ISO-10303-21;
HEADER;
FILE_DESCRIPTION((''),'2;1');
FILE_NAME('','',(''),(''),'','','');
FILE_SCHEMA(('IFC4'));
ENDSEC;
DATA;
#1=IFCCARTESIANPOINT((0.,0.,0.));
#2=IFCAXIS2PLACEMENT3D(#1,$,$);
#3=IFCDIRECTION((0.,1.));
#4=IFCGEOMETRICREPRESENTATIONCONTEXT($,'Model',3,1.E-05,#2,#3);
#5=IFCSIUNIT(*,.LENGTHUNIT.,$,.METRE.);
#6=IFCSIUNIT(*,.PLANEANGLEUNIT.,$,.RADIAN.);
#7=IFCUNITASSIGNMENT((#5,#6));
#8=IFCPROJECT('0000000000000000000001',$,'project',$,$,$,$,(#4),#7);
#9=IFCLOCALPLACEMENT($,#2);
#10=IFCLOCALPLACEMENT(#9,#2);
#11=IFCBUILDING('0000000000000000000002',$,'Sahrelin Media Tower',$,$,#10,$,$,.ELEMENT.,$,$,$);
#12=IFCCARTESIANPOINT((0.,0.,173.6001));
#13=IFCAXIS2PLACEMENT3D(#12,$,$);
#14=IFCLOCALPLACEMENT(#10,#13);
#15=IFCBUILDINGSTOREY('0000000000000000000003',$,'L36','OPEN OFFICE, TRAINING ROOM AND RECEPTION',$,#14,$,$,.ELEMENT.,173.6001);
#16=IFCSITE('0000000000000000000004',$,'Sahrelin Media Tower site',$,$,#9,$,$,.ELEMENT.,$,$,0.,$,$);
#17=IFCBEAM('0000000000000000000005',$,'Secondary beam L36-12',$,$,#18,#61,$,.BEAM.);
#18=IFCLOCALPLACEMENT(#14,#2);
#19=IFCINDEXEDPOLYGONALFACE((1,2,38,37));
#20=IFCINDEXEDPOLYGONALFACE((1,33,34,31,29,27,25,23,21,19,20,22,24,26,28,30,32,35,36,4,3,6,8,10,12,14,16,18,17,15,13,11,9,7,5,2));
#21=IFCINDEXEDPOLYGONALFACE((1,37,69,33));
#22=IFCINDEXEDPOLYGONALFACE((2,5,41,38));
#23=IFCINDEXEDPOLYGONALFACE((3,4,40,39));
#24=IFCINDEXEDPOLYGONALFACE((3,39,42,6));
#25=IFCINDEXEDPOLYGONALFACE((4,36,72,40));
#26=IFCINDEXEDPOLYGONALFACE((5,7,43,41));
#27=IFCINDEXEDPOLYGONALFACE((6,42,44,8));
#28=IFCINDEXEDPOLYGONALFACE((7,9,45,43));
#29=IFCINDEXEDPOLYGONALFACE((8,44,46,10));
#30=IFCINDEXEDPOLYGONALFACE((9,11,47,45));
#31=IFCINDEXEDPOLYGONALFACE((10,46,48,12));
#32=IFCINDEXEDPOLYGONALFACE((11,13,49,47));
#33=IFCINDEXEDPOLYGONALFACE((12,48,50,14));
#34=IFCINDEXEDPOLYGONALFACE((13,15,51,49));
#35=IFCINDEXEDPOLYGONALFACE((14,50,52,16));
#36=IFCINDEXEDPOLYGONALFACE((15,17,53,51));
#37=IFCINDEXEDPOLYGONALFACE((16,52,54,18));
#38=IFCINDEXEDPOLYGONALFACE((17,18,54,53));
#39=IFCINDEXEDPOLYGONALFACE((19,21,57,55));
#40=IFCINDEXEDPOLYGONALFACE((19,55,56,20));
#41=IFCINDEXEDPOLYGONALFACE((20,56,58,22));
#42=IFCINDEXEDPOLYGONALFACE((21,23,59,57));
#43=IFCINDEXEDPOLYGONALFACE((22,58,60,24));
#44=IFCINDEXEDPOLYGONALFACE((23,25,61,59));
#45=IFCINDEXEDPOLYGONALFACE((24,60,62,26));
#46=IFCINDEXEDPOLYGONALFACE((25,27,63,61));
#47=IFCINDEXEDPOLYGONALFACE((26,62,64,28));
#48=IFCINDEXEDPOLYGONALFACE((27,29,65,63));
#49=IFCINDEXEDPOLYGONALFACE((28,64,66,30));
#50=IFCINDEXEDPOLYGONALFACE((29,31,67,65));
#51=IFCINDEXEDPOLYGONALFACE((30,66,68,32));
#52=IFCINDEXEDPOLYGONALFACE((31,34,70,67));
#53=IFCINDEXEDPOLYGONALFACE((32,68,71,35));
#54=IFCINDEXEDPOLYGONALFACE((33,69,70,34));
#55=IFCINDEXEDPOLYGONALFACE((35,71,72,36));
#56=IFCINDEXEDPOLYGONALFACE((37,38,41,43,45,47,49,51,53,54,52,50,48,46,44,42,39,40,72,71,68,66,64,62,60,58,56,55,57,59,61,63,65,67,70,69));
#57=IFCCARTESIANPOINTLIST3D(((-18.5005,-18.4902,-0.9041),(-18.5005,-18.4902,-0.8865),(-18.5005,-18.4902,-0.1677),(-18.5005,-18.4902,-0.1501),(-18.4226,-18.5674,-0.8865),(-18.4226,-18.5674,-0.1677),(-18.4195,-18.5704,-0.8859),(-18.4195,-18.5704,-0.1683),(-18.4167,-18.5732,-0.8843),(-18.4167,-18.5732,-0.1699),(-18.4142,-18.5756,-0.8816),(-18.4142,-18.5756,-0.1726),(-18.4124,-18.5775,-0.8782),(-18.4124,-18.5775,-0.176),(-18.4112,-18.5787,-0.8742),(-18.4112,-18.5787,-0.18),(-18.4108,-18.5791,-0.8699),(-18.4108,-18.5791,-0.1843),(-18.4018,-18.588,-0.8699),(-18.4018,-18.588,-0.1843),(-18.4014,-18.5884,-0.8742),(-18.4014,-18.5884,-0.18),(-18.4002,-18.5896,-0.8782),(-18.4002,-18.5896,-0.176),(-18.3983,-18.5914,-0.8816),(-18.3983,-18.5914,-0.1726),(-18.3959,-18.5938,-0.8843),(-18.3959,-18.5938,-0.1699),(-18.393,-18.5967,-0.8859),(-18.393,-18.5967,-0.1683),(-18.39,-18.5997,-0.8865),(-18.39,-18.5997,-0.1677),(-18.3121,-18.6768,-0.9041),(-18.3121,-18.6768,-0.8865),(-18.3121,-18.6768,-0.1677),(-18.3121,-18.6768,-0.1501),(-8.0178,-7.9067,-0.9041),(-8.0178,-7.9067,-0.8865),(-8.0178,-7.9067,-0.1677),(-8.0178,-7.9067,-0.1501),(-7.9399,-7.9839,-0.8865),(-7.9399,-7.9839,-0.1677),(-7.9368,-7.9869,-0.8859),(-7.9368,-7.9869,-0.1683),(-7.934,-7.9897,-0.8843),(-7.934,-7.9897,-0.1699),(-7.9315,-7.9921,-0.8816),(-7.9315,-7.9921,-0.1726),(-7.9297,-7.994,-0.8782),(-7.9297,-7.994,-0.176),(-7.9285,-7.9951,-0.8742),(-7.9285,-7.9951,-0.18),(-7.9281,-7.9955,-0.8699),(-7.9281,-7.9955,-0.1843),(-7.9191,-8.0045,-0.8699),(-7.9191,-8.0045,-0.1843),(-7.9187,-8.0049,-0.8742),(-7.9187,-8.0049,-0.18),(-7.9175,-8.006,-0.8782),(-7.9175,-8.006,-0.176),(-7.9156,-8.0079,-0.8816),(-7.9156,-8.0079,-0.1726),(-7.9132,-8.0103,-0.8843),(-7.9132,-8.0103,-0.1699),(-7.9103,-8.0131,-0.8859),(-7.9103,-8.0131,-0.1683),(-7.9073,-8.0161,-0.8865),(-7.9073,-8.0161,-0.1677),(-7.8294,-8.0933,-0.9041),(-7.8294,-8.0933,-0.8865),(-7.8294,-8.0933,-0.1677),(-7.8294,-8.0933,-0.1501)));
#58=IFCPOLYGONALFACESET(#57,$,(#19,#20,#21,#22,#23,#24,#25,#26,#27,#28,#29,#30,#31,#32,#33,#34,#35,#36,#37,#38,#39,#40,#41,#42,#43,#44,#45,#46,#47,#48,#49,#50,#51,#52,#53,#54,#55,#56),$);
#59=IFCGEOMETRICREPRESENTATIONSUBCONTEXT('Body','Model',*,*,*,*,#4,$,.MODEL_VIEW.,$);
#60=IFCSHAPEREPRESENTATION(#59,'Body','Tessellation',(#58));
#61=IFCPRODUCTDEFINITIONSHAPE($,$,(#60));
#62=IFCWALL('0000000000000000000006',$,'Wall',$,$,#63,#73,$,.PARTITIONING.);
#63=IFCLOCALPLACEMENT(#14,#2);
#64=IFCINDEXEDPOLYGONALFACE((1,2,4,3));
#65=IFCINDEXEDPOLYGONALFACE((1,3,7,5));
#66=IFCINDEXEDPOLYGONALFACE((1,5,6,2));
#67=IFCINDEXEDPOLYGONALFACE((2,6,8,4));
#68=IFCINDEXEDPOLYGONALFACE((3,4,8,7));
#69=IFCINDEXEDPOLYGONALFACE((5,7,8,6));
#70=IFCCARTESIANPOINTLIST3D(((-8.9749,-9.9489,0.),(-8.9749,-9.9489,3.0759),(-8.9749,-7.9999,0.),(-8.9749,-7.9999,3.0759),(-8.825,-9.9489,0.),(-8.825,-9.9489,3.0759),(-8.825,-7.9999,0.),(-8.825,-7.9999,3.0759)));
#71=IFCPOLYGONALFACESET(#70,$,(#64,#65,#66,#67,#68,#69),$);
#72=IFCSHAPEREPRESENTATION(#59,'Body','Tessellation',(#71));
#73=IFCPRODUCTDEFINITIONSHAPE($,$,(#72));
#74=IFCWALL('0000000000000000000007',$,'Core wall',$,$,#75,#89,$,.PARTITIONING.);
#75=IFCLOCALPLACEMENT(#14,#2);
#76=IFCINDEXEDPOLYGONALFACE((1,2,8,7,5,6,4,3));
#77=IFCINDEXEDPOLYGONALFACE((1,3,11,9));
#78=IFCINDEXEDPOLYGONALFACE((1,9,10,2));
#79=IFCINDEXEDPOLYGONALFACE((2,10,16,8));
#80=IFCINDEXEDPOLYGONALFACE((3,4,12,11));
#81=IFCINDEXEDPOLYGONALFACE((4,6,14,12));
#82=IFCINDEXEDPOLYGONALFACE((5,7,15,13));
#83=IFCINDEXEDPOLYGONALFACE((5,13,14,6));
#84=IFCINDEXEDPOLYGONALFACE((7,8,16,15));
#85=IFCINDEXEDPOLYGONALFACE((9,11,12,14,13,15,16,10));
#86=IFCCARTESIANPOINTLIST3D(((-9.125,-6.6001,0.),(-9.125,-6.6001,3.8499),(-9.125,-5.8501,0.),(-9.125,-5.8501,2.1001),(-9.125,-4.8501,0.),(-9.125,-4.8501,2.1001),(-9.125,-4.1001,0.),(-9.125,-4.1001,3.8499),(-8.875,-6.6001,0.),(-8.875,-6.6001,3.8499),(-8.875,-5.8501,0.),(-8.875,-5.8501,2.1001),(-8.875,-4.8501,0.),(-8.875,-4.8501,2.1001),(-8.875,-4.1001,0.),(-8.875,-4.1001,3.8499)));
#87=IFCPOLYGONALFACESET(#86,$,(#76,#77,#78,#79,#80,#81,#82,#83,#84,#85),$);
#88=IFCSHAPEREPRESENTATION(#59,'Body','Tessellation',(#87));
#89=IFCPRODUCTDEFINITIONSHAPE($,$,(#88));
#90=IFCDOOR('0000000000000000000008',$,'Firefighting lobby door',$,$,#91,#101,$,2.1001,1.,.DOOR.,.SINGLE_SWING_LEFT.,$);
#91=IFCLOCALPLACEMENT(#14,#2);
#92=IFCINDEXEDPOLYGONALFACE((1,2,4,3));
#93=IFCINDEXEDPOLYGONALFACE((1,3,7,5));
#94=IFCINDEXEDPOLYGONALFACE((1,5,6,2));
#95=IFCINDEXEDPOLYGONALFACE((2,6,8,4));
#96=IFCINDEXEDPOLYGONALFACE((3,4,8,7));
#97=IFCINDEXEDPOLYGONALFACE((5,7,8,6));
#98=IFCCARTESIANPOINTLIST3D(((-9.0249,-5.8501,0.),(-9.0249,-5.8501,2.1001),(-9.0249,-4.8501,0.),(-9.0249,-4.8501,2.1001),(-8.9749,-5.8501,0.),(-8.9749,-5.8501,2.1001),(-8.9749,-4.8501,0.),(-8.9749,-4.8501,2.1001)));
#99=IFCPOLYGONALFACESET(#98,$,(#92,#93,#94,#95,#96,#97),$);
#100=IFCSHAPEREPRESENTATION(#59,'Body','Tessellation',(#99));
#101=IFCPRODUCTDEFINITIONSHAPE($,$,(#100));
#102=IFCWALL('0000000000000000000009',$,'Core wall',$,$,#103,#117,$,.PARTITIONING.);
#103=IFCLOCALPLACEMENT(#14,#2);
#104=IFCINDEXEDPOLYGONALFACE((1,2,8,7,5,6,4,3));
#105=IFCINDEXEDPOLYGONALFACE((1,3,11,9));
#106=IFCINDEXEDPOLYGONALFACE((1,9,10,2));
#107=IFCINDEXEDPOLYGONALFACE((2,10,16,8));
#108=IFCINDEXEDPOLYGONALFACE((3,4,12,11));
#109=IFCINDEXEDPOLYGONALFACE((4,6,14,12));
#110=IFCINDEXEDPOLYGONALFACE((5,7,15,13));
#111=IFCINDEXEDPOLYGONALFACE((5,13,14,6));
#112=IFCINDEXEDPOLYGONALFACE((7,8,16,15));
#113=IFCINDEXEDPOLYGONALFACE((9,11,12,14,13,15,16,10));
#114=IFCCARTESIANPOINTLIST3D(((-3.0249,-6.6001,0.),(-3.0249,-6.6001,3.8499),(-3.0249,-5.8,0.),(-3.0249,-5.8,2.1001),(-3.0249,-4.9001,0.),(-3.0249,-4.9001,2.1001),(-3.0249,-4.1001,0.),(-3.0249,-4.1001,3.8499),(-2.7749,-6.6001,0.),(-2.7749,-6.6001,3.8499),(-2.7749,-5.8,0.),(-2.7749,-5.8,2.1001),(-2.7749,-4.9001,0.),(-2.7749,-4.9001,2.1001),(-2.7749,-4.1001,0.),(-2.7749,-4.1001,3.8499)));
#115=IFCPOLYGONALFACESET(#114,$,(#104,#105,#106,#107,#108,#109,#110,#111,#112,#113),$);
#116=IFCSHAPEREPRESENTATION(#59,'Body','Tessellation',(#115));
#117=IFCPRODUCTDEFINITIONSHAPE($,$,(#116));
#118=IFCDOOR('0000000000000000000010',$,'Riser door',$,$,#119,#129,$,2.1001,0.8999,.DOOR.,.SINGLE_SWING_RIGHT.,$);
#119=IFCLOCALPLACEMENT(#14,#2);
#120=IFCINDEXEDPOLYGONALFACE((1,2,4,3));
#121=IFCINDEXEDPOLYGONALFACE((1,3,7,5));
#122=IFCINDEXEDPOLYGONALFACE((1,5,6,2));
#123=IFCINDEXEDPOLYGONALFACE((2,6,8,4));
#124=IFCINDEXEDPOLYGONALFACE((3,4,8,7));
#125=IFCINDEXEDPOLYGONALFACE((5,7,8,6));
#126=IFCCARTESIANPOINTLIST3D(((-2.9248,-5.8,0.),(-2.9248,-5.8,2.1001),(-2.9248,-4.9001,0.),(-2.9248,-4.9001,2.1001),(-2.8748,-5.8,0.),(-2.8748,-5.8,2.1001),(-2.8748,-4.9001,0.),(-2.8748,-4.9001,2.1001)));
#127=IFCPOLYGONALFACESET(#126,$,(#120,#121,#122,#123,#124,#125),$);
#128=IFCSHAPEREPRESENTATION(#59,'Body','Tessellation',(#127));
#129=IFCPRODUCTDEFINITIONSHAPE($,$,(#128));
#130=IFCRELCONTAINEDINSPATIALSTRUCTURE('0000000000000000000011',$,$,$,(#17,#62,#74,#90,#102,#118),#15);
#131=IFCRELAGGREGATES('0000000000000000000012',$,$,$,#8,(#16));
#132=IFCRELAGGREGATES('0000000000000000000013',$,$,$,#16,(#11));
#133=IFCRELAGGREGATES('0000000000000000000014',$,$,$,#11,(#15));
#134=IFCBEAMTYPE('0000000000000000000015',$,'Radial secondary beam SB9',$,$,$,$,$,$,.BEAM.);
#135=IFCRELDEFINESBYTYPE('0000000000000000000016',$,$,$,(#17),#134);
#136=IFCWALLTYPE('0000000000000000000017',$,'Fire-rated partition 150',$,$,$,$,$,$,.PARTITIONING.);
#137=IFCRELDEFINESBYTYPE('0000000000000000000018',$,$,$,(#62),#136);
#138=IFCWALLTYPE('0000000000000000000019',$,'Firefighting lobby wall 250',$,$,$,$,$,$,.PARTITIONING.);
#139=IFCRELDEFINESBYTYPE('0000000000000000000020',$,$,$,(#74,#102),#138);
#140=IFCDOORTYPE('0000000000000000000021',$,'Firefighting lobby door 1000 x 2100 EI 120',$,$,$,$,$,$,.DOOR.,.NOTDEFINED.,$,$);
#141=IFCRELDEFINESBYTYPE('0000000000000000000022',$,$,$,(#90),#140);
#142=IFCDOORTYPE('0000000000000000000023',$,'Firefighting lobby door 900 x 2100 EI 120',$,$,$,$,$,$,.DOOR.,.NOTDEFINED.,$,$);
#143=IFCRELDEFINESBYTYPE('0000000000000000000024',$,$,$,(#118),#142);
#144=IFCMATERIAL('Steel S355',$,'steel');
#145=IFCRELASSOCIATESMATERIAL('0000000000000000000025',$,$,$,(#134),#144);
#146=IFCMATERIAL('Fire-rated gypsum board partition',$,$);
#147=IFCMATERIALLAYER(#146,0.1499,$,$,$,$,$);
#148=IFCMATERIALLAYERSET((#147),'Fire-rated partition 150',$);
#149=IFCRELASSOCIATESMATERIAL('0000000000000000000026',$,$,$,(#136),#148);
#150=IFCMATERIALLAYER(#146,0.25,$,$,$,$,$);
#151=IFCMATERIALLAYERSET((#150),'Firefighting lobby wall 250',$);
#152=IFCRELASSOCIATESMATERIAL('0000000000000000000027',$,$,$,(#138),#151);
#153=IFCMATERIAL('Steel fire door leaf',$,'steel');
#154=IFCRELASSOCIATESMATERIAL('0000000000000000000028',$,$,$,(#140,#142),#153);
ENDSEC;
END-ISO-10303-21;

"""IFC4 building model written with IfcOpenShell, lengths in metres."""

from ifc_helpers import new_model, si_unit, direction, frame, frame_2d, origin, origin_2d, place, context, subcontext, project, spatial, rectangle, i_section, extrude, material, layer, layer_set, material_profile, profile_set, type_object, element, fill, save


model = new_model("IFC4")

# Units and contexts
model_context = context("Model", 3, precision=1e-05, world=origin(), true_north=direction((0.0, 1.0)))
body_context = subcontext(model_context, "Body", "Model", "MODEL_VIEW")
ifc_project = project(units=[si_unit("LENGTHUNIT", "METRE"), si_unit("PLANEANGLEUNIT", "RADIAN")], contexts=[model_context])

# Site, building, storey
site_placement = place(None, origin())
site = spatial("IfcSite", under=ifc_project, at=site_placement, Name="Sahrelin Media Tower site", CompositionType="ELEMENT", RefElevation=0.0)
building_placement = place(site_placement, origin())
building = spatial("IfcBuilding", under=site, at=building_placement, Name="Sahrelin Media Tower", CompositionType="ELEMENT")
storey_placement = place(building_placement, frame((0.0, 0.0, 173.6001)))
storey = spatial("IfcBuildingStorey", under=building, at=storey_placement, Name="L36", Description="OPEN OFFICE, TRAINING ROOM AND RECEPTION", CompositionType="ELEMENT", Elevation=173.6001)

# Beam
ifc_material_1 = material(Name="Steel S355", Category="steel")
ifc_material_profile_1 = material_profile(ifc_material_1, i_section(OverallWidth=0.2651, OverallDepth=0.7539, WebThickness=0.0127, FlangeThickness=0.0176, FilletRadius=0.0166, at=origin_2d()), Name="UB 762x267x147")
ifc_profile_set_1 = profile_set([ifc_material_profile_1], Name="Steel S355")
beam_type_1 = type_object("IfcBeamType", Name="Radial secondary beam SB9", PredefinedType="BEAM", material=ifc_profile_set_1)
beam_1_placement = place(storey_placement, frame((-7.9236, -8.0, -0.5271), z_axis=(-0.703714, -0.710483, 0.0), x_axis=(0.710483, -0.703714, 0.0)))
element("IfcBeam", 1, at=beam_1_placement, inside=storey, type_object=beam_type_1, Name="Secondary beam L36-12", PredefinedType="BEAM", context=body_context, shape_type="SweptSolid", body=[
    extrude(i_section(OverallWidth=0.2651, OverallDepth=0.7539, WebThickness=0.0127, FlangeThickness=0.0176, FilletRadius=0.0166, at=origin_2d()), origin(), (0.0, 0.0, 1.0), 14.8962),
])

# Wall
ifc_material_2 = material(Name="Fire-rated gypsum board partition")
ifc_layer_1 = layer(ifc_material_2, 0.1499)
ifc_layer_set_1 = layer_set([ifc_layer_1], Name="Fire-rated partition 150")
wall_type_1 = type_object("IfcWallType", Name="Fire-rated partition 150", PredefinedType="PARTITIONING", material=ifc_layer_set_1)
wall_1_placement = place(storey_placement, frame((-8.8999, -9.949, 0.0), z_axis=(0.0, 0.0, 1.0), x_axis=(0.0, 1.0, 0.0)))
element("IfcWall", 2, at=wall_1_placement, inside=storey, type_object=wall_type_1, Name="Wall", PredefinedType="PARTITIONING", context=body_context, shape_type="SweptSolid", body=[
    extrude(rectangle(XDim=1.949, YDim=0.1499, at=frame_2d((0.9746, 0.0))), origin(), (0.0, 0.0, 1.0), 3.0759),
])

# Walls, openings, doors
ifc_layer_2 = layer(ifc_material_2, 0.25)
ifc_layer_set_2 = layer_set([ifc_layer_2], Name="Firefighting lobby wall 250")
wall_type_2 = type_object("IfcWallType", Name="Firefighting lobby wall 250", PredefinedType="PARTITIONING", material=ifc_layer_set_2)
wall_2_placement = place(storey_placement, frame((-9.0, -6.6001, 0.0), z_axis=(0.0, 0.0, 1.0), x_axis=(0.0, 1.0, 0.0)))
wall_2 = element("IfcWall", 3, at=wall_2_placement, inside=storey, type_object=wall_type_2, Name="Core wall", PredefinedType="PARTITIONING", context=body_context, shape_type="SweptSolid", body=[
    extrude(rectangle(XDim=2.5, YDim=0.25, at=frame_2d((1.25, 0.0))), origin(), (0.0, 0.0, 1.0), 3.8499),
])
opening_1_placement = place(wall_2_placement, frame((0.75, 0.0, 0.0)))
opening_1 = element("IfcOpeningElement", 4, at=opening_1_placement, cuts=wall_2, PredefinedType="OPENING", context=body_context, shape_type="SweptSolid", body=[
    extrude(rectangle(XDim=1.0, YDim=2.1001, at=frame_2d((0.5, 1.05))), frame((0.0, 0.125, 0.0), z_axis=(0.0, -1.0, 0.0), x_axis=(1.0, 0.0, 0.0)), (0.0, 0.0, 1.0), 0.25),
])
ifc_material_3 = material(Name="Steel fire door leaf", Category="steel")
door_type_1 = type_object("IfcDoorType", Name="Firefighting lobby door 1000 x 2100 EI 120", OperationType="NOTDEFINED", PredefinedType="DOOR", material=ifc_material_3)
door_1_placement = place(opening_1_placement, origin())
door_1 = element("IfcDoor", 5, at=door_1_placement, inside=storey, type_object=door_type_1, Name="Firefighting lobby door", OperationType="SINGLE_SWING_LEFT", OverallHeight=2.1001, OverallWidth=1.0, PredefinedType="DOOR", context=body_context, shape_type="SweptSolid", body=[
    extrude(rectangle(XDim=1.0, YDim=2.1001, at=frame_2d((0.5, 1.05))), frame((0.0, 0.0249, 0.0), z_axis=(0.0, -1.0, 0.0), x_axis=(1.0, 0.0, 0.0)), (0.0, 0.0, 1.0), 0.05),
])
fill(opening_1, door_1)
wall_3_placement = place(storey_placement, frame((-2.8999, -6.6001, 0.0), z_axis=(0.0, 0.0, 1.0), x_axis=(0.0, 1.0, 0.0)))
wall_3 = element("IfcWall", 6, at=wall_3_placement, inside=storey, type_object=wall_type_2, Name="Core wall", PredefinedType="PARTITIONING", context=body_context, shape_type="SweptSolid", body=[
    extrude(rectangle(XDim=2.5, YDim=0.25, at=frame_2d((1.25, 0.0))), origin(), (0.0, 0.0, 1.0), 3.8499),
])
opening_2_placement = place(wall_3_placement, frame((0.8, 0.0, 0.0)))
opening_2 = element("IfcOpeningElement", 7, at=opening_2_placement, cuts=wall_3, PredefinedType="OPENING", context=body_context, shape_type="SweptSolid", body=[
    extrude(rectangle(XDim=0.8999, YDim=2.1001, at=frame_2d((0.45, 1.05))), frame((0.0, 0.125, 0.0), z_axis=(0.0, -1.0, 0.0), x_axis=(1.0, 0.0, 0.0)), (0.0, 0.0, 1.0), 0.25),
])
door_type_2 = type_object("IfcDoorType", Name="Firefighting lobby door 900 x 2100 EI 120", OperationType="NOTDEFINED", PredefinedType="DOOR", material=ifc_material_3)
door_2_placement = place(opening_2_placement, origin())
door_2 = element("IfcDoor", 8, at=door_2_placement, inside=storey, type_object=door_type_2, Name="Riser door", OperationType="SINGLE_SWING_RIGHT", OverallHeight=2.1001, OverallWidth=0.8999, PredefinedType="DOOR", context=body_context, shape_type="SweptSolid", body=[
    extrude(rectangle(XDim=0.8999, YDim=2.1001, at=frame_2d((0.45, 1.05))), frame((0.0, 0.0249, 0.0), z_axis=(0.0, -1.0, 0.0), x_axis=(1.0, 0.0, 0.0)), (0.0, 0.0, 1.0), 0.05),
])
fill(opening_2, door_2)

save(model, "model.ifc")
